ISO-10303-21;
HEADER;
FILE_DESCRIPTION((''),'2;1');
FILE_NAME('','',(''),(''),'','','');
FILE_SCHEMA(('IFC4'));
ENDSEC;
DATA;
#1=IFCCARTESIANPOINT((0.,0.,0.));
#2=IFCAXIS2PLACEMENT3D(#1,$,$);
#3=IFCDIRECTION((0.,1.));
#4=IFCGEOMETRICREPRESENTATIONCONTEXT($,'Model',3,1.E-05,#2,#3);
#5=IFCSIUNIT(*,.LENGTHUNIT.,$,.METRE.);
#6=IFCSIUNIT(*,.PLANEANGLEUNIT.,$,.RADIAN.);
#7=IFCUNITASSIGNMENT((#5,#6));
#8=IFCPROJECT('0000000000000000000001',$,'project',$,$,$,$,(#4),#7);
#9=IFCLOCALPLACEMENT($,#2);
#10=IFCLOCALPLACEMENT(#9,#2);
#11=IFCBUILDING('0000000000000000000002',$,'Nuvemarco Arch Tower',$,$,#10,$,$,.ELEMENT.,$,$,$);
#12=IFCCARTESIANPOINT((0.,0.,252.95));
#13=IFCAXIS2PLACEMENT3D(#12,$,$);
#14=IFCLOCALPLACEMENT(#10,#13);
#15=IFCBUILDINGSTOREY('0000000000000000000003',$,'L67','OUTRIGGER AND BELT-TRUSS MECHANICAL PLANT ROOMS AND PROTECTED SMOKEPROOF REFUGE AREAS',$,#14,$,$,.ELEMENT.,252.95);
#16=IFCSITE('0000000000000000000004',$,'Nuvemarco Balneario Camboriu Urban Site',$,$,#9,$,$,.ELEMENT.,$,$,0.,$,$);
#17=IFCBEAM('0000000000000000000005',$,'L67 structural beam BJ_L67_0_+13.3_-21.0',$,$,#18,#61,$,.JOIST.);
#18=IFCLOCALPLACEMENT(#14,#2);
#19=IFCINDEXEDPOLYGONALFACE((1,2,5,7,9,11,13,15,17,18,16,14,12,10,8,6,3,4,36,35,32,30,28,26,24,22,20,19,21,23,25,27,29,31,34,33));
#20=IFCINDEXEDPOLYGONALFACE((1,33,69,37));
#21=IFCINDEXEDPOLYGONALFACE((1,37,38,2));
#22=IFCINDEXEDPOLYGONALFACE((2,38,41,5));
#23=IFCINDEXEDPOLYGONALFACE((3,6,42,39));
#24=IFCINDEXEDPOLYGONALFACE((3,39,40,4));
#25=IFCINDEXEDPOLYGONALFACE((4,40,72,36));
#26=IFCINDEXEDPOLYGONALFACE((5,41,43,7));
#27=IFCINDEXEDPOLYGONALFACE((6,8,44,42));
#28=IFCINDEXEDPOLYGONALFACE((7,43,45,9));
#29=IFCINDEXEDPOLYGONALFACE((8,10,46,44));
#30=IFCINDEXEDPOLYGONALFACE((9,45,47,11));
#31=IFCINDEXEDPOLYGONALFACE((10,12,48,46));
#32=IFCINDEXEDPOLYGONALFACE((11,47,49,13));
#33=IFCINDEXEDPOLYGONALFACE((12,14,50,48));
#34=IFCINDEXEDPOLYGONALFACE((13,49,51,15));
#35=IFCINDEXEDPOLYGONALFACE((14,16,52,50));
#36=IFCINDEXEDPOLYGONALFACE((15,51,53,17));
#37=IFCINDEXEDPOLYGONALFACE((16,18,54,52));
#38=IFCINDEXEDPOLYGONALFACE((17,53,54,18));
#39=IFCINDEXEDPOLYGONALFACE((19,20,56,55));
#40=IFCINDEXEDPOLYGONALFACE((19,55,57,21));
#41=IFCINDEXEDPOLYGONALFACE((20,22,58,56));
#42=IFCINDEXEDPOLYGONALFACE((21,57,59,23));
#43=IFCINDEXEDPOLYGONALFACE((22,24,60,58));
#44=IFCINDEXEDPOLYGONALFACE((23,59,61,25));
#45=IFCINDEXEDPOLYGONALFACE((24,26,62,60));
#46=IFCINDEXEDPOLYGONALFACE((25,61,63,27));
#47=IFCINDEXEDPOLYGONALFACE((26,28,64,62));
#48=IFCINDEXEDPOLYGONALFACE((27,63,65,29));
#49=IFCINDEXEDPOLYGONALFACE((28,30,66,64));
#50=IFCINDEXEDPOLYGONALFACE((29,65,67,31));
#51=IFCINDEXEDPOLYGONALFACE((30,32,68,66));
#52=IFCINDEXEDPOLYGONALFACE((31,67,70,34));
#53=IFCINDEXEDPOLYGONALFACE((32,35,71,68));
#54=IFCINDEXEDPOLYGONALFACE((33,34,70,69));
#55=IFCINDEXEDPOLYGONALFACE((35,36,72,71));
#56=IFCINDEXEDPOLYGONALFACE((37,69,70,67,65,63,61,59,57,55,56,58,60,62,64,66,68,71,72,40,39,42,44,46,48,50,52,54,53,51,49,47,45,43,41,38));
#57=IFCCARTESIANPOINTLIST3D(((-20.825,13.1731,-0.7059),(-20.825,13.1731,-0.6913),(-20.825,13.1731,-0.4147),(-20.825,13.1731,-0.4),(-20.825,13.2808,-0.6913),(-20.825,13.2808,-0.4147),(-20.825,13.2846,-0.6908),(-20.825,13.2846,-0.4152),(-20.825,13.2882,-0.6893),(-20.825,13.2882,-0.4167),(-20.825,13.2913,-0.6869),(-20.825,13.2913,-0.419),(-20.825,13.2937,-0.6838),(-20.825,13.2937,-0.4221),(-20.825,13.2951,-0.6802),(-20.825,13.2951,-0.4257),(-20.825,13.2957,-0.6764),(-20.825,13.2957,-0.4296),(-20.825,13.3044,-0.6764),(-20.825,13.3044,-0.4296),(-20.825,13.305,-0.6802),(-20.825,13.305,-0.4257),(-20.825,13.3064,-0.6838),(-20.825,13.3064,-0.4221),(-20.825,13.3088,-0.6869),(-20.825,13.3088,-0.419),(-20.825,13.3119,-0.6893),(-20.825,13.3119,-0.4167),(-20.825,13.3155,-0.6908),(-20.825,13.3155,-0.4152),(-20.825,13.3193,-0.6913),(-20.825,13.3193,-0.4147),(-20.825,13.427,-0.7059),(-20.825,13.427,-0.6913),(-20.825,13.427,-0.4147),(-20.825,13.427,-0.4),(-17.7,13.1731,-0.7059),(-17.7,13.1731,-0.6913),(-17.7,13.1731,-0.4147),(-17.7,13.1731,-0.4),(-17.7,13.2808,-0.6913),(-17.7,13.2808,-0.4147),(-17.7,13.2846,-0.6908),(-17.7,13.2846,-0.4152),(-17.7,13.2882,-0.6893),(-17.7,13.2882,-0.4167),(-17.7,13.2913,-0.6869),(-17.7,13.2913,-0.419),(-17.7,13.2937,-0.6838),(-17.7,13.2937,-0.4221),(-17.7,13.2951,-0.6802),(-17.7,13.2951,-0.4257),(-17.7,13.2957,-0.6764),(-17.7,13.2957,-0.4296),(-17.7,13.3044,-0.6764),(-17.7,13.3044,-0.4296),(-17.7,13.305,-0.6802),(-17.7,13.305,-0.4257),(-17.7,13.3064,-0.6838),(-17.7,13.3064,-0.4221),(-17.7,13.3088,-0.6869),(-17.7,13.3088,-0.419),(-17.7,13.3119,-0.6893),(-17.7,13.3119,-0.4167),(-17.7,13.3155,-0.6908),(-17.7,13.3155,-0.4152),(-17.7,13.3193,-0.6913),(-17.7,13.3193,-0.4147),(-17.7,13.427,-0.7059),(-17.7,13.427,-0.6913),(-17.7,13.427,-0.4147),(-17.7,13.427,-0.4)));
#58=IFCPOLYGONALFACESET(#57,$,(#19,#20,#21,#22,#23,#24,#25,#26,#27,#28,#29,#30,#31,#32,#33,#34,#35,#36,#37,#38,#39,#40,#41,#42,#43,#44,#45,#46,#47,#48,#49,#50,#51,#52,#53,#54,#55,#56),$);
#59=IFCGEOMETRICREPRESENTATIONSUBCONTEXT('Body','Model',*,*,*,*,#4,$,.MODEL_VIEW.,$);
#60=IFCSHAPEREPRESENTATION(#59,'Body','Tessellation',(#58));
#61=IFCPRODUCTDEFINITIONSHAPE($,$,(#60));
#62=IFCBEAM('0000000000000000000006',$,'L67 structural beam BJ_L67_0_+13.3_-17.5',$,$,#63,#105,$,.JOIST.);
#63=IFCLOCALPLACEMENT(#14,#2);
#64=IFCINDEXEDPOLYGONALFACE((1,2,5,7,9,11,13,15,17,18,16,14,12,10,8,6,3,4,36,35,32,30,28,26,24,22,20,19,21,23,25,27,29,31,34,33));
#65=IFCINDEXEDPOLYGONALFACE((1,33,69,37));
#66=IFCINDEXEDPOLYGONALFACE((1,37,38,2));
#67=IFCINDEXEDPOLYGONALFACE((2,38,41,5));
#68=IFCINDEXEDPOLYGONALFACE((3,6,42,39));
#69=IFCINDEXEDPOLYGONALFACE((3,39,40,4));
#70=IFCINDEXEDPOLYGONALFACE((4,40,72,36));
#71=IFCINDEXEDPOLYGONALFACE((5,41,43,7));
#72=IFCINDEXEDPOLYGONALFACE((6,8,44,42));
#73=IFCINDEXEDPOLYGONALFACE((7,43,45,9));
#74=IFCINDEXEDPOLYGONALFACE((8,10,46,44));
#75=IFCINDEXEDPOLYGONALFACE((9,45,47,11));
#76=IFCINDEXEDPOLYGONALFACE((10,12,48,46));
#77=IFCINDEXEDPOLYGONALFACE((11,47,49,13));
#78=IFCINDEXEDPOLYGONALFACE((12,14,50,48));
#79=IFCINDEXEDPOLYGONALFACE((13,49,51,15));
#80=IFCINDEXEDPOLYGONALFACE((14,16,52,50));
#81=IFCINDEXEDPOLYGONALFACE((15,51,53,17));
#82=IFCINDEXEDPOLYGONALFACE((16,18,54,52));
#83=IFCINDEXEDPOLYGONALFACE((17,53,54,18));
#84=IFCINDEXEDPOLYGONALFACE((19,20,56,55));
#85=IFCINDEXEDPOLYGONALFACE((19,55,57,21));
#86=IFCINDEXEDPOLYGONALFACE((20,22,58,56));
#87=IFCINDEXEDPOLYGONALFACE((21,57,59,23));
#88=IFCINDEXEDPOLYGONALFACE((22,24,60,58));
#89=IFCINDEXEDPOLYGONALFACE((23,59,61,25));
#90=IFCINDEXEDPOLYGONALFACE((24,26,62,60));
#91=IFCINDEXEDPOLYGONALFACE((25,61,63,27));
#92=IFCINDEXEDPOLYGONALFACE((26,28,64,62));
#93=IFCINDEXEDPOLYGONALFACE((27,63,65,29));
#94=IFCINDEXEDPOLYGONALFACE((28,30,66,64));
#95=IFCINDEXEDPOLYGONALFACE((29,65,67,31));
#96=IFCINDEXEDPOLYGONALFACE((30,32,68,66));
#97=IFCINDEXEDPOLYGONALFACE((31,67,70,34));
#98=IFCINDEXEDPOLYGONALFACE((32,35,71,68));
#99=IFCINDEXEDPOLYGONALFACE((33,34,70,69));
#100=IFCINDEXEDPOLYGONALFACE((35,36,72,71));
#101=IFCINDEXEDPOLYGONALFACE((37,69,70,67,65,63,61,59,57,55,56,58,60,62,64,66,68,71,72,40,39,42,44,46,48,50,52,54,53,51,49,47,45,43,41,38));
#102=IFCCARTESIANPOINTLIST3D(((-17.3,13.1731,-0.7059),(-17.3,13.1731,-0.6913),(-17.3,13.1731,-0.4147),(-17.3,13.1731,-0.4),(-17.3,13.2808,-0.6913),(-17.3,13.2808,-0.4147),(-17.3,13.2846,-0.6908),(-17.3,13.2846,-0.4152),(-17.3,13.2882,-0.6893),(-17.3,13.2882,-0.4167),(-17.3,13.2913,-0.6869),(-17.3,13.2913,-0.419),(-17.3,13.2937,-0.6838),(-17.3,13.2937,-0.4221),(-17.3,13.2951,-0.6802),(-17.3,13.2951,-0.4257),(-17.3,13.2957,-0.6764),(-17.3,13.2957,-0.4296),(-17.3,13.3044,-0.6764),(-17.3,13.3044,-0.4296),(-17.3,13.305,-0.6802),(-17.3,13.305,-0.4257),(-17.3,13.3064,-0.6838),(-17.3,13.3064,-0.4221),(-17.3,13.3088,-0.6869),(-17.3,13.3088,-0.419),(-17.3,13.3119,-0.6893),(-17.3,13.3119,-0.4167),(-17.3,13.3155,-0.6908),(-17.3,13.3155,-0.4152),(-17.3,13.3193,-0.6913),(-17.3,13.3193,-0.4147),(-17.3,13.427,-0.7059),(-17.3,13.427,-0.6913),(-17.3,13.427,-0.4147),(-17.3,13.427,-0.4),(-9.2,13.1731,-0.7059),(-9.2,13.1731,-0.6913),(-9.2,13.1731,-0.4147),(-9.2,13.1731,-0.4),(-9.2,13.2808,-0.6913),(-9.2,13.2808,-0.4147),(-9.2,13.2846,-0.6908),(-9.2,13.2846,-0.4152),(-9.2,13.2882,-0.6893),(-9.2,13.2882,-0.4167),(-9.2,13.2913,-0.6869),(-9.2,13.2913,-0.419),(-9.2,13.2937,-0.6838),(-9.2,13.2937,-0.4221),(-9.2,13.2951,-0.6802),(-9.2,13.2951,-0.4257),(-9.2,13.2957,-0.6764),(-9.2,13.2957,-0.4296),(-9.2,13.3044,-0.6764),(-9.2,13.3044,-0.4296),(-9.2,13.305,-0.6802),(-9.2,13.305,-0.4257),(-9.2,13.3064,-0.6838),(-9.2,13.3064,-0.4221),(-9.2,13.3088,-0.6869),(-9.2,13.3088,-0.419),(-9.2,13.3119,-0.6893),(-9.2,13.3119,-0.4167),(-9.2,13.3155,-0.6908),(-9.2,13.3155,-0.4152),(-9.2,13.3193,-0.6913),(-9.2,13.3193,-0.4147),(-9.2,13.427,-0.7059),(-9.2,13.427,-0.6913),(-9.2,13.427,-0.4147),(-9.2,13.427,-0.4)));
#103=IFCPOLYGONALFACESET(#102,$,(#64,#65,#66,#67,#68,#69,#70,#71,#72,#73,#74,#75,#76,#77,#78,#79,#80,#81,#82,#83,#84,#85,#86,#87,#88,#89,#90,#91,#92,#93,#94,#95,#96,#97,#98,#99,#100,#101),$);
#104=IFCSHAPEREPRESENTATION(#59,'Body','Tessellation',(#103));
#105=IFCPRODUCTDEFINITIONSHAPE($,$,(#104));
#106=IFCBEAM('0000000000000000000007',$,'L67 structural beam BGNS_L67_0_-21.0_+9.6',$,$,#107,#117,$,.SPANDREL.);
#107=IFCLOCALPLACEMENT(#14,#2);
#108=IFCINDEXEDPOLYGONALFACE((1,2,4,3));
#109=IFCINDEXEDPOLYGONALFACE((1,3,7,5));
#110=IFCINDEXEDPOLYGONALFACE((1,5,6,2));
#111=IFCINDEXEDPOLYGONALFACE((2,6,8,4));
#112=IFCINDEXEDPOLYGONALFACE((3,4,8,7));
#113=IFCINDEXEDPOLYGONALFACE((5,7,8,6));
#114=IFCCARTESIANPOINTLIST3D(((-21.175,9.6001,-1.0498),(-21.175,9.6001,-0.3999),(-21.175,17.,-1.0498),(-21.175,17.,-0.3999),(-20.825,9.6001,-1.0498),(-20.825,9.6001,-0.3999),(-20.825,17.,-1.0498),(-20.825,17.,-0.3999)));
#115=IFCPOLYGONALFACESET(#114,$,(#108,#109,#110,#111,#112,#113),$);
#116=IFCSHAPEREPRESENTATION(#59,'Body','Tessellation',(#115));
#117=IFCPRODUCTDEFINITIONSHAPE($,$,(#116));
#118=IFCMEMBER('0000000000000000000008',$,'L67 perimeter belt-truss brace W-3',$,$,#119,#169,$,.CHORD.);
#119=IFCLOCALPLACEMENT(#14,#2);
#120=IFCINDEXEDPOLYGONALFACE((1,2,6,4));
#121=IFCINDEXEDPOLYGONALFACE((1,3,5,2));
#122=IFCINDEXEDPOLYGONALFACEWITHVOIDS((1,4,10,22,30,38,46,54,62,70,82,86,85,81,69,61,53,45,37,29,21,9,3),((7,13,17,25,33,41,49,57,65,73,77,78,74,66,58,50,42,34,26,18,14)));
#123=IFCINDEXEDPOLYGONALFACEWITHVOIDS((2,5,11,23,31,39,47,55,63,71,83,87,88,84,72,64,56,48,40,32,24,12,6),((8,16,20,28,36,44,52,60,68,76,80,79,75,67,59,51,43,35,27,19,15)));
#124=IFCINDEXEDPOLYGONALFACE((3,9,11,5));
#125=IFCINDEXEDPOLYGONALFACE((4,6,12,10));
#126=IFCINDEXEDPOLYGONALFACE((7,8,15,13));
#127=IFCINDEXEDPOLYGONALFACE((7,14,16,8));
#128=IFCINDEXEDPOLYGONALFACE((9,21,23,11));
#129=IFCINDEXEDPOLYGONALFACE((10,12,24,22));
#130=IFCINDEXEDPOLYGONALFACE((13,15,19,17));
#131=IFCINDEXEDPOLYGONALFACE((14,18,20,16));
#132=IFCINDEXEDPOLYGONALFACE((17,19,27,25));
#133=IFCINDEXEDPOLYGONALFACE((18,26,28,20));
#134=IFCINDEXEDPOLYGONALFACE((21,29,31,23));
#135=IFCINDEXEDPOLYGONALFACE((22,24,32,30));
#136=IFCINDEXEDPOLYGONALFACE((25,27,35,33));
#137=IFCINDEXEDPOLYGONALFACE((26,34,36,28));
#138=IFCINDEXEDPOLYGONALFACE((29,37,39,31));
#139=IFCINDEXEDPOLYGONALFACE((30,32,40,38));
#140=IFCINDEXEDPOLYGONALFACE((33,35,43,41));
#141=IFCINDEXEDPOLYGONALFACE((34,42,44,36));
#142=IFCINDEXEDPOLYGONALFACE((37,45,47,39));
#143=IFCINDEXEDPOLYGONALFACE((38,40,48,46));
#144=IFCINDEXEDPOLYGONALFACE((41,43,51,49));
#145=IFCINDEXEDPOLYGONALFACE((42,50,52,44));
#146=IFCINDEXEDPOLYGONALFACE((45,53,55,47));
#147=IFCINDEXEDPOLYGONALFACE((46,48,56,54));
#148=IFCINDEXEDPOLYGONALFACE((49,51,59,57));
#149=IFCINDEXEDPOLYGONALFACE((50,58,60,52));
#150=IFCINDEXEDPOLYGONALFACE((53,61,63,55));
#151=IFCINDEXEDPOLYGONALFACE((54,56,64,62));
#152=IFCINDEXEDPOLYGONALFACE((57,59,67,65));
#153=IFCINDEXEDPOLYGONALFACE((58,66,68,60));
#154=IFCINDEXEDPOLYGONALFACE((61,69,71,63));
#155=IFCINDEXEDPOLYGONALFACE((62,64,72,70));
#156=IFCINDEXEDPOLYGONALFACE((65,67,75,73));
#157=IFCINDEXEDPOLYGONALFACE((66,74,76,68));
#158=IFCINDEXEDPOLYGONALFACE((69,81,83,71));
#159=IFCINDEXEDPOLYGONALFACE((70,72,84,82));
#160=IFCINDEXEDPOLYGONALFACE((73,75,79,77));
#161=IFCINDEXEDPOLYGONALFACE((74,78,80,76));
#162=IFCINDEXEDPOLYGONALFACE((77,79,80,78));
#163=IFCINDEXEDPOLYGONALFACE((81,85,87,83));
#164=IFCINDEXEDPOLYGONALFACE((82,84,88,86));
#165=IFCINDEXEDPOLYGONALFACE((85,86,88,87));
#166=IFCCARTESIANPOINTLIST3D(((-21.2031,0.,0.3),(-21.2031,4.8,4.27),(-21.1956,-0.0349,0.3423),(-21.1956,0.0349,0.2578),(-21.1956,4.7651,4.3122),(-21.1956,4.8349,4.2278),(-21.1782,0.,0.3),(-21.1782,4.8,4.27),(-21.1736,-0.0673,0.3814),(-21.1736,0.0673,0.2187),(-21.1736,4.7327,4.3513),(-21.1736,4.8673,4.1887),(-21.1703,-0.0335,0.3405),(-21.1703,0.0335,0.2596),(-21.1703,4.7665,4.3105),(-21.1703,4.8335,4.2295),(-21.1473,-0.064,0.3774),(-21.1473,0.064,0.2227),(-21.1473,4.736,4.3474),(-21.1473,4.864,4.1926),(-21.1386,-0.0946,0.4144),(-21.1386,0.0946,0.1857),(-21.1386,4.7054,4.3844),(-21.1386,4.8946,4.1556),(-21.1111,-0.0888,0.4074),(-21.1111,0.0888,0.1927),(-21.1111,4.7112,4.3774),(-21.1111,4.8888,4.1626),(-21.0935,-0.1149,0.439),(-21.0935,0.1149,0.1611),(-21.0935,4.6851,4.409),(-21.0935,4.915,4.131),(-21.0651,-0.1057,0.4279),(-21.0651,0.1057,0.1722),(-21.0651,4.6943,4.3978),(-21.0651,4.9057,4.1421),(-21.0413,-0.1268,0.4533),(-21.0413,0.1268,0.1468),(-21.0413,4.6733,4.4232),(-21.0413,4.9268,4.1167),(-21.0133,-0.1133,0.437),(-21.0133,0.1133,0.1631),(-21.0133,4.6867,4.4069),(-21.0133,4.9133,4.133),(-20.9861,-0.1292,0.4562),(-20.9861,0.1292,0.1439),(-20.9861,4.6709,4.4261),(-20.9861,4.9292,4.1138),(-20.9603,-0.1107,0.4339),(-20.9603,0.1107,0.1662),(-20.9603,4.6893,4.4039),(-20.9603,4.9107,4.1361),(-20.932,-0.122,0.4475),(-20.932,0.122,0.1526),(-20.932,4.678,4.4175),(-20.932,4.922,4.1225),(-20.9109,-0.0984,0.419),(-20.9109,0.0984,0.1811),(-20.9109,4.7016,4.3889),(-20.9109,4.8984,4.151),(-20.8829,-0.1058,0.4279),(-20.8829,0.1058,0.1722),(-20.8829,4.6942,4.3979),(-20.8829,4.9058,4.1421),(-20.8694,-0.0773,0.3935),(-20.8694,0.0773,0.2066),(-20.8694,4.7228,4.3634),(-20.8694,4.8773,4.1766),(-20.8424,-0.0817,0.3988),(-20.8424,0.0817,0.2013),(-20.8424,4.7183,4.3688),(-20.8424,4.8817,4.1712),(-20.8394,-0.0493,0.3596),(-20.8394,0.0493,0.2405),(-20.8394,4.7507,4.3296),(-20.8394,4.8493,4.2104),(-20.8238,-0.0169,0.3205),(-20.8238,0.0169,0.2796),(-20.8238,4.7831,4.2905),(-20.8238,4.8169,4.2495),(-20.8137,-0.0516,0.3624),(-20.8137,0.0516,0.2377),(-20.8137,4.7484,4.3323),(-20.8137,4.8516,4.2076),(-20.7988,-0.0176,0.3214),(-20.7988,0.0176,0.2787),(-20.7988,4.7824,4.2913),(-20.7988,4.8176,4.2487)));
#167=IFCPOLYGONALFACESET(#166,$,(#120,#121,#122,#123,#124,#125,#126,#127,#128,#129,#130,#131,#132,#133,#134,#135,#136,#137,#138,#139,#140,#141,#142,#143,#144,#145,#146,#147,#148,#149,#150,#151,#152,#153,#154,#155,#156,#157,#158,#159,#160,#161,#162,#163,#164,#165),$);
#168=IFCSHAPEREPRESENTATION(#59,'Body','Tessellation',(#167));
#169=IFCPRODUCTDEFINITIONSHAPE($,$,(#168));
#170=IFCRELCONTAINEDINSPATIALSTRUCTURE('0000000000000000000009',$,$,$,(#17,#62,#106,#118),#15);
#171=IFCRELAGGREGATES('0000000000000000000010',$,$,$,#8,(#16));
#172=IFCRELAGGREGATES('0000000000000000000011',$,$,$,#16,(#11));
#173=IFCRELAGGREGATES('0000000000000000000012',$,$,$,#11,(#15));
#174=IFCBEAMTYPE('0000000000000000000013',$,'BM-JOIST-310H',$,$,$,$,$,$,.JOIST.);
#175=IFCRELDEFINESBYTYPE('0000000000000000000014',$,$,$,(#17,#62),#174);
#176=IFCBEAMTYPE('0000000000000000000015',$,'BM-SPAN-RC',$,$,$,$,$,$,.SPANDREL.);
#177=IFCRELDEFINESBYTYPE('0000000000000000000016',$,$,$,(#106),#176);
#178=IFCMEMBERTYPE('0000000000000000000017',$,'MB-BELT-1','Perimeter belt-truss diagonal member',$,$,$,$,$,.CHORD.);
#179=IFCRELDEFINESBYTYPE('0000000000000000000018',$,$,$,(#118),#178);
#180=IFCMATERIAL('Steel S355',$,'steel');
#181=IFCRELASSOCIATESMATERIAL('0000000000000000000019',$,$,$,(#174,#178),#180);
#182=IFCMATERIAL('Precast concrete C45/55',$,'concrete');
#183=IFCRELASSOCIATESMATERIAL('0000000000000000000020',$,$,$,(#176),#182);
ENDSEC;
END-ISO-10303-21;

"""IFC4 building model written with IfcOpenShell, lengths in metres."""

from ifc_helpers import new_model, si_unit, direction, frame, origin, origin_2d, place, context, subcontext, project, spatial, rectangle, hollow_circle, i_section, extrude, material, material_profile, profile_set, type_object, element, save


model = new_model("IFC4")

# Units and contexts
model_context = context("Model", 3, precision=1e-05, world=origin(), true_north=direction((0.0, 1.0)))
body_context = subcontext(model_context, "Body", "Model", "MODEL_VIEW")
ifc_project = project(units=[si_unit("LENGTHUNIT", "METRE"), si_unit("PLANEANGLEUNIT", "RADIAN")], contexts=[model_context])

# Site, building, storey
site_placement = place(None, origin())
site = spatial("IfcSite", under=ifc_project, at=site_placement, Name="Nuvemarco Balneario Camboriu Urban Site", CompositionType="ELEMENT", RefElevation=0.0)
building_placement = place(site_placement, origin())
building = spatial("IfcBuilding", under=site, at=building_placement, Name="Nuvemarco Arch Tower", CompositionType="ELEMENT")
storey_placement = place(building_placement, frame((0.0, 0.0, 252.95)))
storey = spatial("IfcBuildingStorey", under=building, at=storey_placement, Name="L67", Description="OUTRIGGER AND BELT-TRUSS MECHANICAL PLANT ROOMS AND PROTECTED SMOKEPROOF REFUGE AREAS", CompositionType="ELEMENT", Elevation=252.95)

# Shared definitions
ifc_material_1 = material(Name="Steel S355", Category="steel")

# Beams
ifc_material_profile_1 = material_profile(ifc_material_1, i_section(OverallWidth=0.2539, OverallDepth=0.3059, WebThickness=0.0088, FlangeThickness=0.0146, FilletRadius=0.0149, at=origin_2d()), Name="W310x79")
ifc_profile_set_1 = profile_set([ifc_material_profile_1], Name="Steel S355")
beam_type_1 = type_object("IfcBeamType", Name="BM-JOIST-310H", PredefinedType="JOIST", material=ifc_profile_set_1)
beam_1_placement = place(storey_placement, frame((-20.825, 13.3, -0.553), z_axis=(1.0, 0.0, 0.0), x_axis=(0.0, 1.0, 0.0)))
element("IfcBeam", 1, at=beam_1_placement, inside=storey, type_object=beam_type_1, Name="L67 structural beam BJ_L67_0_+13.3_-21.0", PredefinedType="JOIST", context=body_context, shape_type="SweptSolid", body=[
    extrude(i_section(OverallWidth=0.2539, OverallDepth=0.3059, WebThickness=0.0088, FlangeThickness=0.0146, FilletRadius=0.0149, at=origin_2d()), origin(), (0.0, 0.0, 1.0), 3.125),
])
beam_2_placement = place(storey_placement, frame((-17.3, 13.3, -0.553), z_axis=(1.0, 0.0, 0.0), x_axis=(0.0, 1.0, 0.0)))
element("IfcBeam", 2, at=beam_2_placement, inside=storey, type_object=beam_type_1, Name="L67 structural beam BJ_L67_0_+13.3_-17.5", PredefinedType="JOIST", context=body_context, shape_type="SweptSolid", body=[
    extrude(i_section(OverallWidth=0.2539, OverallDepth=0.3059, WebThickness=0.0088, FlangeThickness=0.0146, FilletRadius=0.0149, at=origin_2d()), origin(), (0.0, 0.0, 1.0), 8.1001),
])
ifc_material_2 = material(Name="Precast concrete C45/55", Category="concrete")
ifc_material_profile_2 = material_profile(ifc_material_2, rectangle(XDim=0.3501, YDim=0.6499, at=origin_2d()), Name="PC-SP-350x650")
ifc_profile_set_2 = profile_set([ifc_material_profile_2], Name="Precast concrete C45/55")
beam_type_2 = type_object("IfcBeamType", Name="BM-SPAN-RC", PredefinedType="SPANDREL", material=ifc_profile_set_2)
beam_3_placement = place(storey_placement, frame((-21.0, 9.6001, -0.7249), z_axis=(0.0, 1.0, 0.0), x_axis=(-1.0, 0.0, 0.0)))
element("IfcBeam", 3, at=beam_3_placement, inside=storey, type_object=beam_type_2, Name="L67 structural beam BGNS_L67_0_-21.0_+9.6", PredefinedType="SPANDREL", context=body_context, shape_type="SweptSolid", body=[
    extrude(rectangle(XDim=0.3501, YDim=0.6499, at=origin_2d()), origin(), (0.0, 0.0, 1.0), 7.3999),
])

# Member
ifc_material_profile_3 = material_profile(ifc_material_1, hollow_circle(Radius=0.2031, WallThickness=0.0249, at=origin_2d()), Name="CHS406.4x25")
ifc_profile_set_3 = profile_set([ifc_material_profile_3], Name="Steel S355")
member_type_1 = type_object("IfcMemberType", Name="MB-BELT-1", Description="Perimeter belt-truss diagonal member", PredefinedType="CHORD", material=ifc_profile_set_3)
for number, where, z_axis, x_axis, name in (
    (4, (-21.0, 0.0, 0.3), (0.0, 0.77059, 0.637331), (-1.0, 0.0, 0.0), "L67 perimeter belt-truss brace W-3"),
):
    element("IfcMember", number, at=place(storey_placement, frame(where, z_axis=z_axis, x_axis=x_axis)), inside=storey, type_object=member_type_1, Name=name, PredefinedType="CHORD", context=body_context, shape_type="SweptSolid", body=[
        extrude(hollow_circle(Radius=0.2031, WallThickness=0.0249, at=origin_2d()), origin(), (0.0, 0.0, 1.0), 6.229),
    ])

save(model, "model.ifc")
